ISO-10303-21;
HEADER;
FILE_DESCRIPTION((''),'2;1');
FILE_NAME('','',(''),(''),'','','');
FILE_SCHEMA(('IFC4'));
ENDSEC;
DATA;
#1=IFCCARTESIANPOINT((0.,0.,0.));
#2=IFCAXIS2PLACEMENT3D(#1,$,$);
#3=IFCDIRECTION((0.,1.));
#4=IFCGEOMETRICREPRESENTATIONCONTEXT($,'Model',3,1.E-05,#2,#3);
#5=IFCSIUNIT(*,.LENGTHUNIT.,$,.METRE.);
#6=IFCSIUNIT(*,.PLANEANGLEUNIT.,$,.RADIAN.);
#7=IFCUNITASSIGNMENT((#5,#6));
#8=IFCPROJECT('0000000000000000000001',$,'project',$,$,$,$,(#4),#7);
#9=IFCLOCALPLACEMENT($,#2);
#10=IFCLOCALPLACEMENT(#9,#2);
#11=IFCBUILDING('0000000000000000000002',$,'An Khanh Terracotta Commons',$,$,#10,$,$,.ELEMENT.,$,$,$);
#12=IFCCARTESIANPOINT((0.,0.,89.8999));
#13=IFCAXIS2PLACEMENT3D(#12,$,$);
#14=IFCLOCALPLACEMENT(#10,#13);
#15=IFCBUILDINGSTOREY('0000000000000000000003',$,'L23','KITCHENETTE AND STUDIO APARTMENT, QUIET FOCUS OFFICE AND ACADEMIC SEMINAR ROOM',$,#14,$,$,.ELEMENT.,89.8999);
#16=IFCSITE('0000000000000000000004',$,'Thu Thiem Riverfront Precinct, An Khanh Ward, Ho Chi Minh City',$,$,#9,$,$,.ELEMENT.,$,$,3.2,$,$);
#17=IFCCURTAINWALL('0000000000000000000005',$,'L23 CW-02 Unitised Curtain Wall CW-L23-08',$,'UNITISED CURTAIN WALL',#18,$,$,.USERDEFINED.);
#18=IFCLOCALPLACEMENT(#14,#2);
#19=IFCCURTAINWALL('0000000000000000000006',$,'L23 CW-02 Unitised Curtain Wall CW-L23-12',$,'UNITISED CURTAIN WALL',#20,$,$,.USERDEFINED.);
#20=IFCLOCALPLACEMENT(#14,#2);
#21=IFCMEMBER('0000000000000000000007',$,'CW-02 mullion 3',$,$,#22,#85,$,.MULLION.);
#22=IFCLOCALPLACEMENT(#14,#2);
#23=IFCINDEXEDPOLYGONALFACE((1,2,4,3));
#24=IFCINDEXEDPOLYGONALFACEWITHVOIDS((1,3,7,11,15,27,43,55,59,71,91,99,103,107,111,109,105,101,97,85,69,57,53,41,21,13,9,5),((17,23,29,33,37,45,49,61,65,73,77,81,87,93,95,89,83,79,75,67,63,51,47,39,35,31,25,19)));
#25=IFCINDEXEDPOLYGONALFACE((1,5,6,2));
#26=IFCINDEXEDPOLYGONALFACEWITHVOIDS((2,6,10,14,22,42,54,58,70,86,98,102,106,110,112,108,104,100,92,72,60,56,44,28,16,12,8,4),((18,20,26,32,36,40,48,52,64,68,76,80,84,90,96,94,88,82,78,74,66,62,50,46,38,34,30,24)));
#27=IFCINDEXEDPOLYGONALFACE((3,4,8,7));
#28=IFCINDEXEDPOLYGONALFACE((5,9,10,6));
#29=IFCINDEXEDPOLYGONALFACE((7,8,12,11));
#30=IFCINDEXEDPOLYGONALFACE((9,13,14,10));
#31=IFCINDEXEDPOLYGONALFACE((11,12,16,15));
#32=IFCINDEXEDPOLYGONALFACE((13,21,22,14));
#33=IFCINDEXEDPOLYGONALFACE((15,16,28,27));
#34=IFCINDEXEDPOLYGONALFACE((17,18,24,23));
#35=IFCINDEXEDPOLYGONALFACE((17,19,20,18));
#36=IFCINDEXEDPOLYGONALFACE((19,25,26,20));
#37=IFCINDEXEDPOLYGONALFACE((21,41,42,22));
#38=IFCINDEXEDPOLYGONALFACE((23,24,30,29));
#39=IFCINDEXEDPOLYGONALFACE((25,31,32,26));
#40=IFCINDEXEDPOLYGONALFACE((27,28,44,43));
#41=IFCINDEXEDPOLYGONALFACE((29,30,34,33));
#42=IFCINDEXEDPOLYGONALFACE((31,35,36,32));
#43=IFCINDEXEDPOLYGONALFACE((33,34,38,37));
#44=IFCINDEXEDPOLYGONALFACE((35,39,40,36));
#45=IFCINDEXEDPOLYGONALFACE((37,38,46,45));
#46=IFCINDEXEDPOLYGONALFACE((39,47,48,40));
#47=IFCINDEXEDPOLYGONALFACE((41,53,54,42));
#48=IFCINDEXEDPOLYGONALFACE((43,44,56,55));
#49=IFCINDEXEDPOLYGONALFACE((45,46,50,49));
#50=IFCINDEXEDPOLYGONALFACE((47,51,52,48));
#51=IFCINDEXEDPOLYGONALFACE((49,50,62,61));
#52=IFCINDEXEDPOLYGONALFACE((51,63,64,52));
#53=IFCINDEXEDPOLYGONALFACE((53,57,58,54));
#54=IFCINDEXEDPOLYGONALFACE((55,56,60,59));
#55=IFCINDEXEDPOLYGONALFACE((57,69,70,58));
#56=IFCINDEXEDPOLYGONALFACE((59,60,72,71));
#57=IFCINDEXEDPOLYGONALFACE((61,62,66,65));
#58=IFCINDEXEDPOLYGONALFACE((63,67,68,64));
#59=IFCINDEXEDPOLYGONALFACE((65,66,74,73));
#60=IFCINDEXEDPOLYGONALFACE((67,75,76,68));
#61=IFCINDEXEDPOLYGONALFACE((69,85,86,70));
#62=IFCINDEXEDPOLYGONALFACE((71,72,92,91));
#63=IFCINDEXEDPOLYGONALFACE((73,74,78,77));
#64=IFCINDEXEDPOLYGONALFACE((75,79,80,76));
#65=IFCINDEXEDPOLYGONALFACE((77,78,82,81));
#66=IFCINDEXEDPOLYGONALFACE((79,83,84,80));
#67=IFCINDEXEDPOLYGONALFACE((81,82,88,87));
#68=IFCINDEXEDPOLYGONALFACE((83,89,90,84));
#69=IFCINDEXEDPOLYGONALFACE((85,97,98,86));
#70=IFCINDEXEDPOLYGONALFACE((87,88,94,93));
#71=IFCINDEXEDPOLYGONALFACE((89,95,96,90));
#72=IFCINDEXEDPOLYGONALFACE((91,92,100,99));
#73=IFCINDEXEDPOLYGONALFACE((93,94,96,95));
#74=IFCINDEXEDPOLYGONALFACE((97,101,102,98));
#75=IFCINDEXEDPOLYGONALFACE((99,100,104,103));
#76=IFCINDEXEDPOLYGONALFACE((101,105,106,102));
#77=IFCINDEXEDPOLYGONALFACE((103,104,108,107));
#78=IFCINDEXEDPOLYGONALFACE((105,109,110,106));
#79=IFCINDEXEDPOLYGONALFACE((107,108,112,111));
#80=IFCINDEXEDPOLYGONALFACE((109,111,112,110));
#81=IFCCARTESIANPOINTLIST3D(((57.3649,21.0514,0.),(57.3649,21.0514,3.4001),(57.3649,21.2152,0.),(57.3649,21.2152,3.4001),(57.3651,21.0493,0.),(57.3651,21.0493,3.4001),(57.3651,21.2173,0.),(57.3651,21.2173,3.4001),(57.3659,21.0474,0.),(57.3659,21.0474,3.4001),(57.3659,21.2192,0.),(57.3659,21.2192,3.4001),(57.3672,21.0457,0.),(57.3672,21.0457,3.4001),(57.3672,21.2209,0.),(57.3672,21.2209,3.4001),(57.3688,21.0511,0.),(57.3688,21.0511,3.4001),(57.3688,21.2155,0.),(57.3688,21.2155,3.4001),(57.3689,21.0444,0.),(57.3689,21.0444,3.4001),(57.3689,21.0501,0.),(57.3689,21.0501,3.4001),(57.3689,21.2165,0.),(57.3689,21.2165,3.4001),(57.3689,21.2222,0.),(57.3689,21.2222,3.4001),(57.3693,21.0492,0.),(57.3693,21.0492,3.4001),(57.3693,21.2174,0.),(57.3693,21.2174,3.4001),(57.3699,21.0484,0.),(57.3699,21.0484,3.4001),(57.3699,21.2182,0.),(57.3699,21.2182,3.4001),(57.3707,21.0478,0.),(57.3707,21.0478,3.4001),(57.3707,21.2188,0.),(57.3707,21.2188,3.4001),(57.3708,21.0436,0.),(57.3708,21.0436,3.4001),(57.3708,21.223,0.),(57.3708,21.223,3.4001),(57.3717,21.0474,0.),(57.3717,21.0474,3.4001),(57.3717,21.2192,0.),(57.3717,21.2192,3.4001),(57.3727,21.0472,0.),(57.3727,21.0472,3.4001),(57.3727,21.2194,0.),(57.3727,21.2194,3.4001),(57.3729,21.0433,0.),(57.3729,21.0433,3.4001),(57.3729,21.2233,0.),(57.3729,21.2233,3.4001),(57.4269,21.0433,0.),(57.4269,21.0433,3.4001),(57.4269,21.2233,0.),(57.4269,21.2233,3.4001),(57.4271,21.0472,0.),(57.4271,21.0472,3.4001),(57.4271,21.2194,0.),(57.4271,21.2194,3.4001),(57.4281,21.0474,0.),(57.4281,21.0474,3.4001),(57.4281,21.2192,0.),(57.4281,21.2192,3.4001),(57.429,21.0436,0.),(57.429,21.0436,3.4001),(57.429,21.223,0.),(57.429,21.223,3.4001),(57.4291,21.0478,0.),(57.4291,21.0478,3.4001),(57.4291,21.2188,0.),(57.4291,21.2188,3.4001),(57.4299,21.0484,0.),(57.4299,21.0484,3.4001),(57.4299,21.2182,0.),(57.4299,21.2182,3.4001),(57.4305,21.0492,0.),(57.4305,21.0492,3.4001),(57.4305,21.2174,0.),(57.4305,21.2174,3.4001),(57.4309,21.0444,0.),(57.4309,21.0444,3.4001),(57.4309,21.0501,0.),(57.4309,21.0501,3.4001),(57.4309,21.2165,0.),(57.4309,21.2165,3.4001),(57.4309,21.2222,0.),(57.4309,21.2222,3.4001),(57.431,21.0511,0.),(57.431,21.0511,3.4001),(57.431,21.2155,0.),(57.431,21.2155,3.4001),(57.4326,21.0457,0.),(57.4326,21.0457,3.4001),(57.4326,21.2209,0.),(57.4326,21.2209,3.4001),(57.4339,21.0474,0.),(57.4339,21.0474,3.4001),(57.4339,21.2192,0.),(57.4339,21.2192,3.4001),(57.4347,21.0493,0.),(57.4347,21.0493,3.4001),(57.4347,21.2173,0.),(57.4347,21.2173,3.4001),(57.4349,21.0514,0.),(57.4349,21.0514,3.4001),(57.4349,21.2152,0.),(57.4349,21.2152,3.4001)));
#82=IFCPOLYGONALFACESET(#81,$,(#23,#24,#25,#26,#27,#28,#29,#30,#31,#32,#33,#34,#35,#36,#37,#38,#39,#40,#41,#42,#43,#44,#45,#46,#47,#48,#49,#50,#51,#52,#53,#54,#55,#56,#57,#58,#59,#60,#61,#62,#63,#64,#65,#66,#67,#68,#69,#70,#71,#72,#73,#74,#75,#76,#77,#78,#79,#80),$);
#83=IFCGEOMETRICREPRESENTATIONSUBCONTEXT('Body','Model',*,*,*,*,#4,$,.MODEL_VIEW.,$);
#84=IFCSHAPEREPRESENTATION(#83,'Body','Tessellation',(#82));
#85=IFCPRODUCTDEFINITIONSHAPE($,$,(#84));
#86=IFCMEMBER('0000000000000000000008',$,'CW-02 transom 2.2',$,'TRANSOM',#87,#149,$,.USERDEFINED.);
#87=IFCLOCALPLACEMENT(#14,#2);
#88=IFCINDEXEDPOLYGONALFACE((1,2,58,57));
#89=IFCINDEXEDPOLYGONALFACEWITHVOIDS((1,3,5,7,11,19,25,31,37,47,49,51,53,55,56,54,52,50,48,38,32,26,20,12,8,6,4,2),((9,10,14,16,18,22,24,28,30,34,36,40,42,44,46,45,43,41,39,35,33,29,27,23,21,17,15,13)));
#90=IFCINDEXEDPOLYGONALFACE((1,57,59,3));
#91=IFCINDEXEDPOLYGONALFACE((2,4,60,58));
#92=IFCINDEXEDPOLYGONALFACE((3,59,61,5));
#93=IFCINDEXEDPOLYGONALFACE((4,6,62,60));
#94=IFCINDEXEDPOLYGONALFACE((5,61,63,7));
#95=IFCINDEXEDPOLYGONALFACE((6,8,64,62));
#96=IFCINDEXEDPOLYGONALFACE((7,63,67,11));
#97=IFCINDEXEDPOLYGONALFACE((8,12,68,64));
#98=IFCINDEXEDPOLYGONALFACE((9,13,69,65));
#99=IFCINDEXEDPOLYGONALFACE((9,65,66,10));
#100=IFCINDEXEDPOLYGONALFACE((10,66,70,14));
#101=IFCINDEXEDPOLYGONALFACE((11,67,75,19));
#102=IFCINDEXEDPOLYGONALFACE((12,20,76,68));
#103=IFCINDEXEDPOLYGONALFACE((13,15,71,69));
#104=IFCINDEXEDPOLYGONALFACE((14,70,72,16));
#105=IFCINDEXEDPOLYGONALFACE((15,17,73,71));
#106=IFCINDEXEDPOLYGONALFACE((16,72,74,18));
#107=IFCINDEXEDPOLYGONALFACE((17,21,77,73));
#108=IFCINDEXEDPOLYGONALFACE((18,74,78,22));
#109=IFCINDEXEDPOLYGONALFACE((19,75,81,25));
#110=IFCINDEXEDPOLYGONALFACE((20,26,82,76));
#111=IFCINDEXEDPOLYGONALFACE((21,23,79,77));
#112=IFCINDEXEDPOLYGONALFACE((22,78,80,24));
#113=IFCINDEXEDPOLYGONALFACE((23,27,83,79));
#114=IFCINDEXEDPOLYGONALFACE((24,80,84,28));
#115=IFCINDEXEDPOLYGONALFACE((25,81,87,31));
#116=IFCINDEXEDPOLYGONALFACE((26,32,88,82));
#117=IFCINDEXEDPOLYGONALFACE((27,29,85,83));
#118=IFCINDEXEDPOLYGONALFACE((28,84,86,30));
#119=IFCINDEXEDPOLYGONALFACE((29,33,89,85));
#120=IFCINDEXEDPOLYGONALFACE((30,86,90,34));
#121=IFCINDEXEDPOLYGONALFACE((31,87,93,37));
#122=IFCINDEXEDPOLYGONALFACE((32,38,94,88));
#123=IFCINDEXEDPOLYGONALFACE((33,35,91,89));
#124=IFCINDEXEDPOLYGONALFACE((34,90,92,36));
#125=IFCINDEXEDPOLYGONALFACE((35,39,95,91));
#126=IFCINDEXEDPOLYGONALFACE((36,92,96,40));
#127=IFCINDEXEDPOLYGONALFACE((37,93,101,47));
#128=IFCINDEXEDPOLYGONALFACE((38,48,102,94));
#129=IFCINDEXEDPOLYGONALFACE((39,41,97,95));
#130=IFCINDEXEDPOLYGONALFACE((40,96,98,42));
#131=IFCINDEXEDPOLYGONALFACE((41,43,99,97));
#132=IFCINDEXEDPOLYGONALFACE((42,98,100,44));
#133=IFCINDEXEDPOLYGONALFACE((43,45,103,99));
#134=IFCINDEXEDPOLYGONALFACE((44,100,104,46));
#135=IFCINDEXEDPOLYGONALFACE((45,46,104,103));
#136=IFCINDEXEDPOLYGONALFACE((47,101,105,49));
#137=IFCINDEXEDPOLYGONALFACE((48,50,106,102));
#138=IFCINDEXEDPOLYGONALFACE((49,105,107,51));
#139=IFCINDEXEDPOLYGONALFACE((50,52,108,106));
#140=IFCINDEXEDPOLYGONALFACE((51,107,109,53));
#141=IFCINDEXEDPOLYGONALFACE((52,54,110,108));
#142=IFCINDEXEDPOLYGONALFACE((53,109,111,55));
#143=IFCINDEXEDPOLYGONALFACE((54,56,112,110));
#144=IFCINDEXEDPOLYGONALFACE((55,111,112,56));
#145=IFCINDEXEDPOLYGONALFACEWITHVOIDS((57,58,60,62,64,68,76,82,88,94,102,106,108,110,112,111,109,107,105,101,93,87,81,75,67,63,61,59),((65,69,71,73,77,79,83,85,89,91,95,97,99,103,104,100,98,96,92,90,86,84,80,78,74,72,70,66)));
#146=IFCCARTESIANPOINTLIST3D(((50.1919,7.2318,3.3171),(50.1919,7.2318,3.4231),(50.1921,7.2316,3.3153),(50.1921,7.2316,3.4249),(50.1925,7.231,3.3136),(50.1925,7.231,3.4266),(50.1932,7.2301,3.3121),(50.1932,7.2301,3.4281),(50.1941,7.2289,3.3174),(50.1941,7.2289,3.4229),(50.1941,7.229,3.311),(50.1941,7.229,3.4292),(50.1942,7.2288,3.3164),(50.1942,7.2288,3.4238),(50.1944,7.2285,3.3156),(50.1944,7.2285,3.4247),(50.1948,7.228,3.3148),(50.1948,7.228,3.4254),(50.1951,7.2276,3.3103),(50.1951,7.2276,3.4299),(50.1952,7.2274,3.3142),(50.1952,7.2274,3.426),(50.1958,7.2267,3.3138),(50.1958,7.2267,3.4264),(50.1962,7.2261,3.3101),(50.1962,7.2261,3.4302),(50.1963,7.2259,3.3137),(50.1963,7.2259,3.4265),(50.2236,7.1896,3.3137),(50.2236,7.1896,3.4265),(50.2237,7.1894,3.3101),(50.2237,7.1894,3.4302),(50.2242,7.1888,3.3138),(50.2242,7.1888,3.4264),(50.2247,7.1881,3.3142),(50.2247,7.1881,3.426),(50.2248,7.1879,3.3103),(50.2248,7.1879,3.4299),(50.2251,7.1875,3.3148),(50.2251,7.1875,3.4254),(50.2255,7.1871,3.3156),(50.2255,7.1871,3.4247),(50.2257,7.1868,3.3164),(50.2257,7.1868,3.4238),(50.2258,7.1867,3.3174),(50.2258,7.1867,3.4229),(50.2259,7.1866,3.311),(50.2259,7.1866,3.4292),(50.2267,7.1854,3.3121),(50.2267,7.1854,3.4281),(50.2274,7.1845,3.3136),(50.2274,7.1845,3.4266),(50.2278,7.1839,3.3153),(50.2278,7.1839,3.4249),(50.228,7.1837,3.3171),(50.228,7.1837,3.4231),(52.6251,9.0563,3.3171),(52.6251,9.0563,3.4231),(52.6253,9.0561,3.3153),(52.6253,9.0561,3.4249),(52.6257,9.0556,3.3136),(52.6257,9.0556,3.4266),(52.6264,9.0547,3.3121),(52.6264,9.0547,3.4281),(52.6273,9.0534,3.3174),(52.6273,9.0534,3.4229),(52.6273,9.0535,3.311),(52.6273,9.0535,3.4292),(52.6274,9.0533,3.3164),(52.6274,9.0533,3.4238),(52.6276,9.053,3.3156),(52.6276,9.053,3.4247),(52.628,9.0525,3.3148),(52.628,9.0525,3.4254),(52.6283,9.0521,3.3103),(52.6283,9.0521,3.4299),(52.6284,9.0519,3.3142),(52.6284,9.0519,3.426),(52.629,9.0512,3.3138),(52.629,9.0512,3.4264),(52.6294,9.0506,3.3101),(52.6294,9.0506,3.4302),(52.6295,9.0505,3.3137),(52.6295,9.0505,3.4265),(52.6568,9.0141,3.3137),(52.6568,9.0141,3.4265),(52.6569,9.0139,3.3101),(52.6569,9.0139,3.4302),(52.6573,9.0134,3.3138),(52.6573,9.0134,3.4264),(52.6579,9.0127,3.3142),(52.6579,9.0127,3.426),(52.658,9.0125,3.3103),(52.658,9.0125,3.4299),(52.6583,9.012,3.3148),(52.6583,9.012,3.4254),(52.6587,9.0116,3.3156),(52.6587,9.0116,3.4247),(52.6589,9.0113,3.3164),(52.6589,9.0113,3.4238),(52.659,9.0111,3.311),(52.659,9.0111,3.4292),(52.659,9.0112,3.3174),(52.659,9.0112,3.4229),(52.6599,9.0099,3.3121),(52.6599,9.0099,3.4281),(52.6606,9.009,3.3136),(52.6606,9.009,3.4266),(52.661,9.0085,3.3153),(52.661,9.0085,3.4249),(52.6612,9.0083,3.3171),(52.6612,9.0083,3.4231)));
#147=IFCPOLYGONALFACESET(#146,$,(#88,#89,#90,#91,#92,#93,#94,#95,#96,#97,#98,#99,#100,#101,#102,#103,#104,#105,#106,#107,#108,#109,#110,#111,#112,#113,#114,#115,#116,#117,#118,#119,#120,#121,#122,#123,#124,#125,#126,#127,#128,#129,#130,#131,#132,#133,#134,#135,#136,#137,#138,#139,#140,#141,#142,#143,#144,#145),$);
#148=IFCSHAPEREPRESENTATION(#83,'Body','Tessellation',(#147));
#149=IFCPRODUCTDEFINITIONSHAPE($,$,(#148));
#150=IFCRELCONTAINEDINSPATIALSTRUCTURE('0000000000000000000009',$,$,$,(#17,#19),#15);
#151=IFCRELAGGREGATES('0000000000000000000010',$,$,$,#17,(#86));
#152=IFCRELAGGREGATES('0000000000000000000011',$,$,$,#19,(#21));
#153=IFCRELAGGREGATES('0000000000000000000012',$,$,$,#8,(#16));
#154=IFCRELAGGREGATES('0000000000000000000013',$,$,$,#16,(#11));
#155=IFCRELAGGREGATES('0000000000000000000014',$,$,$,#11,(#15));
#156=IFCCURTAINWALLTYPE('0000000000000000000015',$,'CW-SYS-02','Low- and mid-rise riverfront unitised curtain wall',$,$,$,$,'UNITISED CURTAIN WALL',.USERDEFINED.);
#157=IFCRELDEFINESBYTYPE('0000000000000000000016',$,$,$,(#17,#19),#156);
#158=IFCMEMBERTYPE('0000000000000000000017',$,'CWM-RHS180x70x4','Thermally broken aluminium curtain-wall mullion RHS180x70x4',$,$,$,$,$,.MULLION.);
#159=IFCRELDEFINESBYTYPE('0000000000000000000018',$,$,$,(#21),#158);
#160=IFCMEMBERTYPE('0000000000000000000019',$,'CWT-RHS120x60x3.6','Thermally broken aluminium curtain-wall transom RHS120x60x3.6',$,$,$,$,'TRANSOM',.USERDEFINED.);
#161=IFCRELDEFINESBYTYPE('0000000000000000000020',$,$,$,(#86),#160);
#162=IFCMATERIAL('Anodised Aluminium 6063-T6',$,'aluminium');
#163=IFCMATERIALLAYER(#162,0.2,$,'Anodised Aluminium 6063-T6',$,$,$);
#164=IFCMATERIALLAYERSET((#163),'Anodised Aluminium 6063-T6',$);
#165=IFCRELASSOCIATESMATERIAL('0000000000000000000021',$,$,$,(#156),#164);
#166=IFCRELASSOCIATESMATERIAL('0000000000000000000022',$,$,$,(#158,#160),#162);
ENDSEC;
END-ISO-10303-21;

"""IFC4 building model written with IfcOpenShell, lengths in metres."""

from ifc_helpers import new_model, si_unit, direction, frame, origin, origin_2d, place, context, subcontext, project, spatial, hollow_rectangle, extrude, material, layer, layer_set, material_profile, profile_set, type_object, element, aggregate, save


model = new_model("IFC4")

# Units and contexts
model_context = context("Model", 3, precision=1e-05, world=origin(), true_north=direction((0.0, 1.0)))
body_context = subcontext(model_context, "Body", "Model", "MODEL_VIEW")
ifc_project = project(units=[si_unit("LENGTHUNIT", "METRE"), si_unit("PLANEANGLEUNIT", "RADIAN")], contexts=[model_context])

# Site, building, storey
site_placement = place(None, origin())
site = spatial("IfcSite", under=ifc_project, at=site_placement, Name="Thu Thiem Riverfront Precinct, An Khanh Ward, Ho Chi Minh City", CompositionType="ELEMENT", RefElevation=3.2)
building_placement = place(site_placement, origin())
building = spatial("IfcBuilding", under=site, at=building_placement, Name="An Khanh Terracotta Commons", CompositionType="ELEMENT")
storey_placement = place(building_placement, frame((0.0, 0.0, 89.8999)))
storey = spatial("IfcBuildingStorey", under=building, at=storey_placement, Name="L23", Description="KITCHENETTE AND STUDIO APARTMENT, QUIET FOCUS OFFICE AND ACADEMIC SEMINAR ROOM", CompositionType="ELEMENT", Elevation=89.8999)

# Curtain walls, member
ifc_material_1 = material(Name="Anodised Aluminium 6063-T6", Category="aluminium")
ifc_layer_1 = layer(ifc_material_1, 0.2, Name="Anodised Aluminium 6063-T6")
ifc_layer_set_1 = layer_set([ifc_layer_1], Name="Anodised Aluminium 6063-T6")
curtain_wall_type = type_object("IfcCurtainWallType", Name="CW-SYS-02", Description="Low- and mid-rise riverfront unitised curtain wall", ElementType="UNITISED CURTAIN WALL", PredefinedType="USERDEFINED", material=ifc_layer_set_1)
curtain_wall_1_placement = place(storey_placement, origin())
curtain_wall_1 = element("IfcCurtainWall", 1, at=curtain_wall_1_placement, inside=storey, type_object=curtain_wall_type, Name="L23 CW-02 Unitised Curtain Wall CW-L23-08", ObjectType="UNITISED CURTAIN WALL", PredefinedType="USERDEFINED")
ifc_material_profile_1 = material_profile(ifc_material_1, hollow_rectangle(XDim=0.0701, YDim=0.1799, WallThickness=0.0039, InnerFilletRadius=0.0039, OuterFilletRadius=0.0081, at=origin_2d()), Name="RHS180x70x4")
ifc_profile_set_1 = profile_set([ifc_material_profile_1], Name="Anodised Aluminium 6063-T6")
member_type_1 = type_object("IfcMemberType", Name="CWM-RHS180x70x4", Description="Thermally broken aluminium curtain-wall mullion RHS180x70x4", PredefinedType="MULLION", material=ifc_profile_set_1)
curtain_wall_2_placement = place(storey_placement, origin())
curtain_wall_2 = element("IfcCurtainWall", 2, at=curtain_wall_2_placement, inside=storey, type_object=curtain_wall_type, Name="L23 CW-02 Unitised Curtain Wall CW-L23-12", ObjectType="UNITISED CURTAIN WALL", PredefinedType="USERDEFINED")
member_1_placement = place(storey_placement, frame((57.3999, 21.1333, 0.0), z_axis=(0.0, 0.0, 1.0), x_axis=(-1.0, 0.0, 0.0)))
member_1 = element("IfcMember", 3, at=member_1_placement, type_object=member_type_1, Name="CW-02 mullion 3", PredefinedType="MULLION", context=body_context, shape_type="SweptSolid", body=[
    extrude(hollow_rectangle(XDim=0.0701, YDim=0.1799, WallThickness=0.0039, InnerFilletRadius=0.0039, OuterFilletRadius=0.0081, at=origin_2d()), origin(), (0.0, 0.0, 1.0), 3.4001),
])

# Member
ifc_material_profile_2 = material_profile(ifc_material_1, hollow_rectangle(XDim=0.0601, YDim=0.1201, WallThickness=0.0037, InnerFilletRadius=0.0037, OuterFilletRadius=0.0071, at=origin_2d()), Name="RHS120x60x3.6")
ifc_profile_set_2 = profile_set([ifc_material_profile_2], Name="Anodised Aluminium 6063-T6")
member_type_2 = type_object("IfcMemberType", Name="CWT-RHS120x60x3.6", Description="Thermally broken aluminium curtain-wall transom RHS120x60x3.6", ElementType="TRANSOM", PredefinedType="USERDEFINED", material=ifc_profile_set_2)
member_2_placement = place(storey_placement, frame((50.21, 7.2078, 3.3701), z_axis=(0.800058, 0.599923, 0.0), x_axis=(-0.599923, 0.800058, 0.0)))
member_2 = element("IfcMember", 4, at=member_2_placement, type_object=member_type_2, Name="CW-02 transom 2.2", ObjectType="TRANSOM", PredefinedType="USERDEFINED", context=body_context, shape_type="SweptSolid", body=[
    extrude(hollow_rectangle(XDim=0.0601, YDim=0.1201, WallThickness=0.0037, InnerFilletRadius=0.0037, OuterFilletRadius=0.0071, at=origin_2d()), origin(), (0.0, 0.0, 1.0), 3.0413),
])

aggregate(curtain_wall_1, [member_2])
aggregate(curtain_wall_2, [member_1])

save(model, "model.ifc")
